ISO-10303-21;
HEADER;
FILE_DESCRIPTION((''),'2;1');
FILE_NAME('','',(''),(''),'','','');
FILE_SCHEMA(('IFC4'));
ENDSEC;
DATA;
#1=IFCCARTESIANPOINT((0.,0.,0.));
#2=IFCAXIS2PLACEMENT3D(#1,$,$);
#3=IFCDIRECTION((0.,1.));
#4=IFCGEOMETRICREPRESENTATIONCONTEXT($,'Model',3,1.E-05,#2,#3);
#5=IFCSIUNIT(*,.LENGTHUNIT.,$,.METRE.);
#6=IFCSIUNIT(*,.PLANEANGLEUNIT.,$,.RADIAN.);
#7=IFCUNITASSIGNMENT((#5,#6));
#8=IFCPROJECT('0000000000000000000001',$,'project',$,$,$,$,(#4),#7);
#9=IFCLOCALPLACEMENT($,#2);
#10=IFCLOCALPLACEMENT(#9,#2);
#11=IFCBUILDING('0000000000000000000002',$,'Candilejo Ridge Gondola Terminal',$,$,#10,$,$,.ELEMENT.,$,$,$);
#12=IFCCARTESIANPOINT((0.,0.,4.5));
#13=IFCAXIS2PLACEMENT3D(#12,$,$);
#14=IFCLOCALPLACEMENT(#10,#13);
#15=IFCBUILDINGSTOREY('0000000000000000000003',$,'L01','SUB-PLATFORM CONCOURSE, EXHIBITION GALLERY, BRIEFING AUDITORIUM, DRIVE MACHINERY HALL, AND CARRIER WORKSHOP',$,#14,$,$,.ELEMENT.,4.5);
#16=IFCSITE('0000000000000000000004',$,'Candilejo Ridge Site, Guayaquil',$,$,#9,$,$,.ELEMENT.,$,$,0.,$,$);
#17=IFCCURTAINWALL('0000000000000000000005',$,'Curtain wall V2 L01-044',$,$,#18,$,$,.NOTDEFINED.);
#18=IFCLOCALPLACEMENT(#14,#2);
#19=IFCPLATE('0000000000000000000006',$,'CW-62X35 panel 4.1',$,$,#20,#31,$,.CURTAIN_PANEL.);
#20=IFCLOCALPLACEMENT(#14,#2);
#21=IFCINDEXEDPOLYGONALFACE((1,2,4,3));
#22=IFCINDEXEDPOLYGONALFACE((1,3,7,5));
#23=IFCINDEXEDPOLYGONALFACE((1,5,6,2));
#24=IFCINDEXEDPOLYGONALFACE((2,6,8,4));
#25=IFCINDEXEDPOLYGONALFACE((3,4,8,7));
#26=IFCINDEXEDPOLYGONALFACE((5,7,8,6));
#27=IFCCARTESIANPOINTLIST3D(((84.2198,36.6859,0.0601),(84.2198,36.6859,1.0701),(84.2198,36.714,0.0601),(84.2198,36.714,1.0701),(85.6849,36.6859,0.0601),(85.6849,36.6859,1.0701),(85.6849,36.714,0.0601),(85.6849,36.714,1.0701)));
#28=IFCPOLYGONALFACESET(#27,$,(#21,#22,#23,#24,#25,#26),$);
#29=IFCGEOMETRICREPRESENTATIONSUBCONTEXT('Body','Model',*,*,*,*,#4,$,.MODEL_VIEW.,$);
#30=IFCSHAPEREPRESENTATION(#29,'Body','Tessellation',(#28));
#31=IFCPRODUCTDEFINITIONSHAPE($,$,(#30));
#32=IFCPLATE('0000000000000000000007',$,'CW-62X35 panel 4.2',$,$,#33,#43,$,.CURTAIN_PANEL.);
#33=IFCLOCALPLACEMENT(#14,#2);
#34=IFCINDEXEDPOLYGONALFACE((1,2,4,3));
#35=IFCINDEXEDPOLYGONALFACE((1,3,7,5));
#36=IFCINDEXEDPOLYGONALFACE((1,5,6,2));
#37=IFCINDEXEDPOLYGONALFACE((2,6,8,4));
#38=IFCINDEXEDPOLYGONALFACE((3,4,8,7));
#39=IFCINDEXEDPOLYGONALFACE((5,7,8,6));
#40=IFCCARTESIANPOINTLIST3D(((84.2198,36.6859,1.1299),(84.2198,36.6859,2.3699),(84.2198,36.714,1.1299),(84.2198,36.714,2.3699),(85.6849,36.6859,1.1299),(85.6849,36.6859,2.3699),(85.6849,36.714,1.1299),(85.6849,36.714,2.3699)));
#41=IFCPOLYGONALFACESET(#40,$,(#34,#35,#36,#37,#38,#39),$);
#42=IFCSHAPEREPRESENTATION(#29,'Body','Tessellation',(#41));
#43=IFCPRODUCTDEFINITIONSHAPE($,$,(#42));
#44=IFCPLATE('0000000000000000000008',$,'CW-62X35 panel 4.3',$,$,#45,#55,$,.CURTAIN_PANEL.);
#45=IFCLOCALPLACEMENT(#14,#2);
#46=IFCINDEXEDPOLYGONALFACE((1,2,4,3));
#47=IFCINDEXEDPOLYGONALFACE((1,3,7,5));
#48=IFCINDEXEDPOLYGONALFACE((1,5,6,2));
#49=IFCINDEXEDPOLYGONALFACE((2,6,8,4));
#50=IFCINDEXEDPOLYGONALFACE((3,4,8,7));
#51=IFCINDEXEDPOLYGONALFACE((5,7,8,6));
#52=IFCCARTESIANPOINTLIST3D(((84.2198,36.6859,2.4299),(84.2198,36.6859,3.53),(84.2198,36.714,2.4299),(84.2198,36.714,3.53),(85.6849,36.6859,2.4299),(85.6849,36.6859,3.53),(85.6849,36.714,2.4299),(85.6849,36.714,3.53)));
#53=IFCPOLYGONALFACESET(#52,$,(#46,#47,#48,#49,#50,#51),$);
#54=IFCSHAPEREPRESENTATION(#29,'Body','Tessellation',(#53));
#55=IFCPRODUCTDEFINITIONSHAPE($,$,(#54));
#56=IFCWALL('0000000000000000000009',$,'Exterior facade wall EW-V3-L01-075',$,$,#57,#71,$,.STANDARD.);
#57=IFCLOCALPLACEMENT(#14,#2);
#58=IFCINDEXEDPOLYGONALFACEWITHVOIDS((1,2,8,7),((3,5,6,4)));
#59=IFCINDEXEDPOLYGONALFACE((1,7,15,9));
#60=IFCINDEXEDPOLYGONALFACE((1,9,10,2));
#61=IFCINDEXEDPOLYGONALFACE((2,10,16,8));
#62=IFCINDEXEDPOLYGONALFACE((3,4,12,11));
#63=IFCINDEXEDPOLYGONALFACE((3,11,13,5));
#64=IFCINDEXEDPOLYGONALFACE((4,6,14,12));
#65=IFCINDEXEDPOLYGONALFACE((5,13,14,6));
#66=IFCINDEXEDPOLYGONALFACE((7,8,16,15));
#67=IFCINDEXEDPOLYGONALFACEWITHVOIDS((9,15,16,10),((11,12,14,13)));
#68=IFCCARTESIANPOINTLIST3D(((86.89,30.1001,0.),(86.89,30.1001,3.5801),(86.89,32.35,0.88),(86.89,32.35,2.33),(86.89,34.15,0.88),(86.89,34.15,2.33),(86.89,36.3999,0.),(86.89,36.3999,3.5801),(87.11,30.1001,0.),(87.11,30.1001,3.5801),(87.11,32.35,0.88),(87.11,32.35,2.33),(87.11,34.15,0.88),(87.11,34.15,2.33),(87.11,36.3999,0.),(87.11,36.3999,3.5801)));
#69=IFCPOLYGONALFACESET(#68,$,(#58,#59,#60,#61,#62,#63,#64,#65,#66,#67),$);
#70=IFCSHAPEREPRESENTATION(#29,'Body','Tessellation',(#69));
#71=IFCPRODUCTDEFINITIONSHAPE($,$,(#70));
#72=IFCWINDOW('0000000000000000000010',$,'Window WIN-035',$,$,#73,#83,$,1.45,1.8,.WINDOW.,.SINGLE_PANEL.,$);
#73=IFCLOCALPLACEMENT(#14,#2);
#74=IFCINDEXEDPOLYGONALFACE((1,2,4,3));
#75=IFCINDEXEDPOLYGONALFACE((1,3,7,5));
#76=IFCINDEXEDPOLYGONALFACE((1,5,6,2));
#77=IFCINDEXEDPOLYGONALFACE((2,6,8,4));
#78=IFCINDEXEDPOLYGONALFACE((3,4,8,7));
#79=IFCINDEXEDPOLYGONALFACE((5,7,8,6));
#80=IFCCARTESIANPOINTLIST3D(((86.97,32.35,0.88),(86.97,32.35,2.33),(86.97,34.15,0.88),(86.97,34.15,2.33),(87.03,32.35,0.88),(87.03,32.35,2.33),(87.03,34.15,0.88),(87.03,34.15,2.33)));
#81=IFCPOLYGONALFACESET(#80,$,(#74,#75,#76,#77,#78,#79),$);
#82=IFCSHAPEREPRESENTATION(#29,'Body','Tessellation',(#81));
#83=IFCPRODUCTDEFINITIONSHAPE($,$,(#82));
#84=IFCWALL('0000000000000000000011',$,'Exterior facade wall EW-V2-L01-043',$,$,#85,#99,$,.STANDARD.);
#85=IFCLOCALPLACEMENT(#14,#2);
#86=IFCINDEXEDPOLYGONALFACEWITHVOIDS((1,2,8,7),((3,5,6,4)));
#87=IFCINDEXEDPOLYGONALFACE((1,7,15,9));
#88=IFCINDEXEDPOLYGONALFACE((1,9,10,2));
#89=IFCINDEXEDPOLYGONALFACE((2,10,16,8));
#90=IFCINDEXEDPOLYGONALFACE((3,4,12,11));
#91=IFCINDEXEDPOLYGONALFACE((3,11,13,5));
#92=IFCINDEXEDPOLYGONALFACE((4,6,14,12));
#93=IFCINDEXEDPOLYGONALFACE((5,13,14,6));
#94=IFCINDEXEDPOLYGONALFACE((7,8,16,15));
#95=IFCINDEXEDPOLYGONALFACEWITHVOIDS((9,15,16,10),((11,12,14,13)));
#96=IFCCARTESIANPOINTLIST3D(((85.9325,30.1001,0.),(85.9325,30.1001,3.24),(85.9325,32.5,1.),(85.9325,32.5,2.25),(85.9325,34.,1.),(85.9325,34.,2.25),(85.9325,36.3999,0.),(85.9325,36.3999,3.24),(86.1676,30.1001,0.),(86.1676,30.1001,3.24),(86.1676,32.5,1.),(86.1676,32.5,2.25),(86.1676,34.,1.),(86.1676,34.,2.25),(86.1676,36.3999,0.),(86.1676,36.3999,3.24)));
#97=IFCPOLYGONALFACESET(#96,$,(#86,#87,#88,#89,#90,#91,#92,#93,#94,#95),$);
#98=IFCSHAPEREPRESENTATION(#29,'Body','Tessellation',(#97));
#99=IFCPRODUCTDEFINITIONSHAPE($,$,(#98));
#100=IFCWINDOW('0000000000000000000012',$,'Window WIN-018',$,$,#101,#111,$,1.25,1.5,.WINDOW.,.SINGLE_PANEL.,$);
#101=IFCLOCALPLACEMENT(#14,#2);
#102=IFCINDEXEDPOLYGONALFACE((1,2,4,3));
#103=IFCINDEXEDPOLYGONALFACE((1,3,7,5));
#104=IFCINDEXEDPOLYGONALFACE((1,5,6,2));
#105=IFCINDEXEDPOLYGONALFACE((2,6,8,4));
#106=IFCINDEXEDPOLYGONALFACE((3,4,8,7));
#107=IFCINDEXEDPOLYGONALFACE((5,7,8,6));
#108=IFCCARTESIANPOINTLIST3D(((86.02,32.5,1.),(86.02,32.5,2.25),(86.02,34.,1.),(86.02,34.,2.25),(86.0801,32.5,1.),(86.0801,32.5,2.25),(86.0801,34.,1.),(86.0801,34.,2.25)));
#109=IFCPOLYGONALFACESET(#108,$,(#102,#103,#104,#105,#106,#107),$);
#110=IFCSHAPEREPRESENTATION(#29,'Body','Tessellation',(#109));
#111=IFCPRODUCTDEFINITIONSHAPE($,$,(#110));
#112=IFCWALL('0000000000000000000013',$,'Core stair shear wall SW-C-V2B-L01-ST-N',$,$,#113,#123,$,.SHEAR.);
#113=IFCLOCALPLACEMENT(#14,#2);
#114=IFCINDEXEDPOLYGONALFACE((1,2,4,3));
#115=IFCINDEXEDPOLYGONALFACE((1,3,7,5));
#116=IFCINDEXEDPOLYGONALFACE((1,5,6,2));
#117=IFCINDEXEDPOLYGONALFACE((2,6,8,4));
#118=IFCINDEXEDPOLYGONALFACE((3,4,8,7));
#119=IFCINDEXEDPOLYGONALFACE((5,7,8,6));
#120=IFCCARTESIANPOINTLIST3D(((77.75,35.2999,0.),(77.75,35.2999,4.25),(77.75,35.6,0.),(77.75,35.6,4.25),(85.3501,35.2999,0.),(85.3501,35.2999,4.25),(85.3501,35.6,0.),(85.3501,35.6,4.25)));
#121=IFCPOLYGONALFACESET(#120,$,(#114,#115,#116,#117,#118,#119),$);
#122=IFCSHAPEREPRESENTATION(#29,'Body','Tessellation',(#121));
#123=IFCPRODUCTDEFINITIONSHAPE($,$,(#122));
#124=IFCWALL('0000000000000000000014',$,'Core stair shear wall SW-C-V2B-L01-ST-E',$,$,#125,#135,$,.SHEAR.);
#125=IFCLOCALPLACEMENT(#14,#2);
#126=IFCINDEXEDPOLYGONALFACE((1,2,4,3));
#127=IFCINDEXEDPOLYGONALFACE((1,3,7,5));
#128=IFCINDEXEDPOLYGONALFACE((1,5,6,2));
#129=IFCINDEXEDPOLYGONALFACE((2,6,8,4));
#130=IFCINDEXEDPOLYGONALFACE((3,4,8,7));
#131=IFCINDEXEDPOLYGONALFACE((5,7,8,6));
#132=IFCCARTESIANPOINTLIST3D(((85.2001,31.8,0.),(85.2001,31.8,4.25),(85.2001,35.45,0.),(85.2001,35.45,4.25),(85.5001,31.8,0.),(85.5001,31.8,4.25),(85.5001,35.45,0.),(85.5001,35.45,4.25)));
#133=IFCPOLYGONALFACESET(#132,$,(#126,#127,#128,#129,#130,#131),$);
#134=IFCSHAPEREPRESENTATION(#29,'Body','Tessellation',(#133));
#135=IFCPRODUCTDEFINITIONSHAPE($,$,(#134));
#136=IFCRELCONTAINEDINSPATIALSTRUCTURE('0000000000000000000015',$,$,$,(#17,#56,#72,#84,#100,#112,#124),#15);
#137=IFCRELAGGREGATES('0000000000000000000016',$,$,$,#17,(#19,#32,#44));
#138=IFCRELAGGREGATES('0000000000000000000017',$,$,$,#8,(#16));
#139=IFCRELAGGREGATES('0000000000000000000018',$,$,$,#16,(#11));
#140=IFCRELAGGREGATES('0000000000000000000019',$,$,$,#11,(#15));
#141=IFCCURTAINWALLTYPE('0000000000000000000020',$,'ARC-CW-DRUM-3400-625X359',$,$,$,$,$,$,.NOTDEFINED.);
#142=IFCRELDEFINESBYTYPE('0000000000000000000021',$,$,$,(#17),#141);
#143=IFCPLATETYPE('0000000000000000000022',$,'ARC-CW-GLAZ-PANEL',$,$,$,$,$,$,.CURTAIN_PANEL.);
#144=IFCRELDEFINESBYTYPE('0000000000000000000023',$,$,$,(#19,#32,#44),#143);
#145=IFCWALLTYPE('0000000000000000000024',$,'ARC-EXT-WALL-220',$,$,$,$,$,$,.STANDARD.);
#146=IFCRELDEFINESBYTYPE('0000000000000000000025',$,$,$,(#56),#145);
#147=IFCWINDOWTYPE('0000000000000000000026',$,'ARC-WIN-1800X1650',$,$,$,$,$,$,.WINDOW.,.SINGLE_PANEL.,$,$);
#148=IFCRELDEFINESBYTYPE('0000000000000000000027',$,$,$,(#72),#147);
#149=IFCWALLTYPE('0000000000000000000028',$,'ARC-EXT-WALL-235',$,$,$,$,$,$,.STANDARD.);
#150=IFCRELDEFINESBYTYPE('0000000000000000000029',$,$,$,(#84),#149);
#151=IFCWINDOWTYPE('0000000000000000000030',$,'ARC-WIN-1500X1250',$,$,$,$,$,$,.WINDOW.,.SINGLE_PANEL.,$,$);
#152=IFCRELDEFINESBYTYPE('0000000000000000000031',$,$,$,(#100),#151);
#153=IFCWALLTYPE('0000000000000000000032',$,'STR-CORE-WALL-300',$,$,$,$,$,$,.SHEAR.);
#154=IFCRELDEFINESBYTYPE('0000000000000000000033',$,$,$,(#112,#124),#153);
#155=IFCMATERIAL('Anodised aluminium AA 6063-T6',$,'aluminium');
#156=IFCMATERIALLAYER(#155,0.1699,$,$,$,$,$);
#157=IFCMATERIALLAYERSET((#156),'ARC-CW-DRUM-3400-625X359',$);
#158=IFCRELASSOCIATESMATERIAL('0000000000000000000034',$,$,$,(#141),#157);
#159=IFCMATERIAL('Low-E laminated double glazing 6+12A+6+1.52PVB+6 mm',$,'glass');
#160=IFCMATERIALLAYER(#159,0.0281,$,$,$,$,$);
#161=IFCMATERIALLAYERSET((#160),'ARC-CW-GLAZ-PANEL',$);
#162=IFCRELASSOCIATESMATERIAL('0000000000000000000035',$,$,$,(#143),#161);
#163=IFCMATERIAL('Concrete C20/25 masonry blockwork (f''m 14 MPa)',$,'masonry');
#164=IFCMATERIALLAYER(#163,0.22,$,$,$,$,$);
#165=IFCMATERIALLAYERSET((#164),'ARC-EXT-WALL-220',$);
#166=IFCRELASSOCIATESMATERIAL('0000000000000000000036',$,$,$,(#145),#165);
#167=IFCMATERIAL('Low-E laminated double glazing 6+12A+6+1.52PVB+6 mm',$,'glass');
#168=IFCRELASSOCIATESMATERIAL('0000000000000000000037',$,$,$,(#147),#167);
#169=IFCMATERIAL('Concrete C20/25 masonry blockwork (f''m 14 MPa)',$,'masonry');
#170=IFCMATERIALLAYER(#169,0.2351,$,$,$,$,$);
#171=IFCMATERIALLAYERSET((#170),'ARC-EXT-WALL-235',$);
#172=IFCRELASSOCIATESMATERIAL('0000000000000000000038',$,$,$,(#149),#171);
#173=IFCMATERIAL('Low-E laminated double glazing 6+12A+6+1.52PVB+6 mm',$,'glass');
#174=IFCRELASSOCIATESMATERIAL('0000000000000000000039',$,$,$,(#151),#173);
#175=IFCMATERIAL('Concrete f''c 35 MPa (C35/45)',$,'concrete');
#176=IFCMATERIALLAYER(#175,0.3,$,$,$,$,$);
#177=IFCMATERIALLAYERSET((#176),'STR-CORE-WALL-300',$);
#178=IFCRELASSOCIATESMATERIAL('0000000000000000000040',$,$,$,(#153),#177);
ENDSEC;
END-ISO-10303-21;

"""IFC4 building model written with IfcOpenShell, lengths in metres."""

from ifc_helpers import new_model, si_unit, direction, frame, frame_2d, origin, origin_2d, place, context, subcontext, project, spatial, rectangle, extrude, material, layer, layer_set, type_object, element, fill, aggregate, save


model = new_model("IFC4")

# Units and contexts
model_context = context("Model", 3, precision=1e-05, world=origin(), true_north=direction((0.0, 1.0)))
body_context = subcontext(model_context, "Body", "Model", "MODEL_VIEW")
ifc_project = project(units=[si_unit("LENGTHUNIT", "METRE"), si_unit("PLANEANGLEUNIT", "RADIAN")], contexts=[model_context])

# Site, building, storey
site_placement = place(None, origin())
site = spatial("IfcSite", under=ifc_project, at=site_placement, Name="Candilejo Ridge Site, Guayaquil", CompositionType="ELEMENT", RefElevation=0.0)
building_placement = place(site_placement, origin())
building = spatial("IfcBuilding", under=site, at=building_placement, Name="Candilejo Ridge Gondola Terminal", CompositionType="ELEMENT")
storey_placement = place(building_placement, frame((0.0, 0.0, 4.5)))
storey = spatial("IfcBuildingStorey", under=building, at=storey_placement, Name="L01", Description="SUB-PLATFORM CONCOURSE, EXHIBITION GALLERY, BRIEFING AUDITORIUM, DRIVE MACHINERY HALL, AND CARRIER WORKSHOP", CompositionType="ELEMENT", Elevation=4.5)

# Curtain wall
ifc_material_1 = material(Name="Anodised aluminium AA 6063-T6", Category="aluminium")
ifc_layer_1 = layer(ifc_material_1, 0.1699)
ifc_layer_set_1 = layer_set([ifc_layer_1], Name="ARC-CW-DRUM-3400-625X359")
curtain_wall_type = type_object("IfcCurtainWallType", Name="ARC-CW-DRUM-3400-625X359", PredefinedType="NOTDEFINED", material=ifc_layer_set_1)
curtain_wall_placement = place(storey_placement, origin())
curtain_wall = element("IfcCurtainWall", 1, at=curtain_wall_placement, inside=storey, type_object=curtain_wall_type, Name="Curtain wall V2 L01-044", PredefinedType="NOTDEFINED")

# Plates
ifc_material_2 = material(Name="Low-E laminated double glazing 6+12A+6+1.52PVB+6 mm", Category="glass")
ifc_layer_2 = layer(ifc_material_2, 0.0281)
ifc_layer_set_2 = layer_set([ifc_layer_2], Name="ARC-CW-GLAZ-PANEL")
plate_type = type_object("IfcPlateType", Name="ARC-CW-GLAZ-PANEL", PredefinedType="CURTAIN_PANEL", material=ifc_layer_set_2)
plate_1_placement = place(storey_placement, frame((84.9524, 36.7, 0.0601), z_axis=(0.0, 0.0, 1.0), x_axis=(1.0, 0.0, 0.0)))
plate_1 = element("IfcPlate", 2, at=plate_1_placement, type_object=plate_type, Name="CW-62X35 panel 4.1", PredefinedType="CURTAIN_PANEL", context=body_context, shape_type="SweptSolid", body=[
    extrude(rectangle(XDim=1.4651, YDim=0.0281, at=origin_2d()), origin(), (0.0, 0.0, 1.0), 1.01),
])
plate_2_placement = place(storey_placement, frame((84.9524, 36.7, 1.1299), z_axis=(0.0, 0.0, 1.0), x_axis=(1.0, 0.0, 0.0)))
plate_2 = element("IfcPlate", 3, at=plate_2_placement, type_object=plate_type, Name="CW-62X35 panel 4.2", PredefinedType="CURTAIN_PANEL", context=body_context, shape_type="SweptSolid", body=[
    extrude(rectangle(XDim=1.4651, YDim=0.0281, at=origin_2d()), origin(), (0.0, 0.0, 1.0), 1.24),
])
plate_3_placement = place(storey_placement, frame((84.9524, 36.7, 2.4299), z_axis=(0.0, 0.0, 1.0), x_axis=(1.0, 0.0, 0.0)))
plate_3 = element("IfcPlate", 4, at=plate_3_placement, type_object=plate_type, Name="CW-62X35 panel 4.3", PredefinedType="CURTAIN_PANEL", context=body_context, shape_type="SweptSolid", body=[
    extrude(rectangle(XDim=1.4651, YDim=0.0281, at=origin_2d()), origin(), (0.0, 0.0, 1.0), 1.1001),
])
aggregate(curtain_wall, [plate_1, plate_2, plate_3])

# Walls, openings, windows
ifc_material_3 = material(Name="Concrete C20/25 masonry blockwork (f'm 14 MPa)", Category="masonry")
ifc_layer_3 = layer(ifc_material_3, 0.22)
ifc_layer_set_3 = layer_set([ifc_layer_3], Name="ARC-EXT-WALL-220")
wall_type_1 = type_object("IfcWallType", Name="ARC-EXT-WALL-220", PredefinedType="STANDARD", material=ifc_layer_set_3)
wall_1_placement = place(storey_placement, frame((87.0, 30.1001, 0.0), z_axis=(0.0, 0.0, 1.0), x_axis=(0.0, 1.0, 0.0)))
wall_1 = element("IfcWall", 5, at=wall_1_placement, inside=storey, type_object=wall_type_1, Name="Exterior facade wall EW-V3-L01-075", PredefinedType="STANDARD", context=body_context, shape_type="SweptSolid", body=[
    extrude(rectangle(XDim=6.2998, YDim=0.22, at=frame_2d((3.1499, 0.0))), origin(), (0.0, 0.0, 1.0), 3.5801),
])
opening_1_placement = place(wall_1_placement, frame((2.25, 0.0, 0.8799)))
opening_1 = element("IfcOpeningElement", 6, at=opening_1_placement, cuts=wall_1, PredefinedType="OPENING", context=body_context, shape_type="SweptSolid", body=[
    extrude(rectangle(XDim=1.8, YDim=1.45, at=frame_2d((0.8999, 0.7251))), frame((0.0, 0.1199, 0.0), z_axis=(0.0, -1.0, 0.0), x_axis=(1.0, 0.0, 0.0)), (0.0, 0.0, 1.0), 0.24),
])
ifc_material_4 = material(Name="Low-E laminated double glazing 6+12A+6+1.52PVB+6 mm", Category="glass")
window_type_1 = type_object("IfcWindowType", Name="ARC-WIN-1800X1650", PartitioningType="SINGLE_PANEL", PredefinedType="WINDOW", material=ifc_material_4)
window_1_placement = place(opening_1_placement, origin())
window_1 = element("IfcWindow", 7, at=window_1_placement, inside=storey, type_object=window_type_1, Name="Window WIN-035", OverallHeight=1.45, OverallWidth=1.8, PartitioningType="SINGLE_PANEL", PredefinedType="WINDOW", context=body_context, shape_type="SweptSolid", body=[
    extrude(rectangle(XDim=1.8, YDim=1.45, at=frame_2d((0.8999, 0.7251))), frame((0.0, 0.03, 0.0), z_axis=(0.0, -1.0, 0.0), x_axis=(1.0, 0.0, 0.0)), (0.0, 0.0, 1.0), 0.0601),
])
fill(opening_1, window_1)
ifc_material_5 = material(Name="Concrete C20/25 masonry blockwork (f'm 14 MPa)", Category="masonry")
ifc_layer_4 = layer(ifc_material_5, 0.2351)
ifc_layer_set_4 = layer_set([ifc_layer_4], Name="ARC-EXT-WALL-235")
wall_type_2 = type_object("IfcWallType", Name="ARC-EXT-WALL-235", PredefinedType="STANDARD", material=ifc_layer_set_4)
wall_2_placement = place(storey_placement, frame((86.05, 36.3999, 0.0), z_axis=(0.0, 0.0, 1.0), x_axis=(0.0, -1.0, 0.0)))
wall_2 = element("IfcWall", 8, at=wall_2_placement, inside=storey, type_object=wall_type_2, Name="Exterior facade wall EW-V2-L01-043", PredefinedType="STANDARD", context=body_context, shape_type="SweptSolid", body=[
    extrude(rectangle(XDim=6.2998, YDim=0.2351, at=frame_2d((3.1499, 0.0))), origin(), (0.0, 0.0, 1.0), 3.24),
])
opening_2_placement = place(wall_2_placement, frame((2.3999, 0.0, 1.0)))
opening_2 = element("IfcOpeningElement", 9, at=opening_2_placement, cuts=wall_2, PredefinedType="OPENING", context=body_context, shape_type="SweptSolid", body=[
    extrude(rectangle(XDim=1.5, YDim=1.25, at=frame_2d((0.75, 0.625))), frame((0.0, 0.1274, 0.0), z_axis=(0.0, -1.0, 0.0), x_axis=(1.0, 0.0, 0.0)), (0.0, 0.0, 1.0), 0.2551),
])
ifc_material_6 = material(Name="Low-E laminated double glazing 6+12A+6+1.52PVB+6 mm", Category="glass")
window_type_2 = type_object("IfcWindowType", Name="ARC-WIN-1500X1250", PartitioningType="SINGLE_PANEL", PredefinedType="WINDOW", material=ifc_material_6)
window_2_placement = place(opening_2_placement, origin())
window_2 = element("IfcWindow", 10, at=window_2_placement, inside=storey, type_object=window_type_2, Name="Window WIN-018", OverallHeight=1.25, OverallWidth=1.5, PartitioningType="SINGLE_PANEL", PredefinedType="WINDOW", context=body_context, shape_type="SweptSolid", body=[
    extrude(rectangle(XDim=1.5, YDim=1.25, at=frame_2d((0.75, 0.625))), frame((0.0, 0.03, 0.0), z_axis=(0.0, -1.0, 0.0), x_axis=(1.0, 0.0, 0.0)), (0.0, 0.0, 1.0), 0.0601),
])
fill(opening_2, window_2)

# Walls
ifc_material_7 = material(Name="Concrete f'c 35 MPa (C35/45)", Category="concrete")
ifc_layer_5 = layer(ifc_material_7, 0.3)
ifc_layer_set_5 = layer_set([ifc_layer_5], Name="STR-CORE-WALL-300")
wall_type_3 = type_object("IfcWallType", Name="STR-CORE-WALL-300", PredefinedType="SHEAR", material=ifc_layer_set_5)
wall_3_placement = place(storey_placement, frame((85.3501, 35.45, 0.0), z_axis=(0.0, 0.0, 1.0), x_axis=(-1.0, 0.0, 0.0)))
element("IfcWall", 11, at=wall_3_placement, inside=storey, type_object=wall_type_3, Name="Core stair shear wall SW-C-V2B-L01-ST-N", PredefinedType="SHEAR", context=body_context, shape_type="SweptSolid", body=[
    extrude(rectangle(XDim=7.6001, YDim=0.3, at=frame_2d((3.8, 0.0))), origin(), (0.0, 0.0, 1.0), 4.25),
])
wall_4_placement = place(storey_placement, frame((85.3501, 31.8, 0.0), z_axis=(0.0, 0.0, 1.0), x_axis=(0.0, 1.0, 0.0)))
element("IfcWall", 12, at=wall_4_placement, inside=storey, type_object=wall_type_3, Name="Core stair shear wall SW-C-V2B-L01-ST-E", PredefinedType="SHEAR", context=body_context, shape_type="SweptSolid", body=[
    extrude(rectangle(XDim=3.6499, YDim=0.3, at=frame_2d((1.825, 0.0))), origin(), (0.0, 0.0, 1.0), 4.25),
])

save(model, "model.ifc")
